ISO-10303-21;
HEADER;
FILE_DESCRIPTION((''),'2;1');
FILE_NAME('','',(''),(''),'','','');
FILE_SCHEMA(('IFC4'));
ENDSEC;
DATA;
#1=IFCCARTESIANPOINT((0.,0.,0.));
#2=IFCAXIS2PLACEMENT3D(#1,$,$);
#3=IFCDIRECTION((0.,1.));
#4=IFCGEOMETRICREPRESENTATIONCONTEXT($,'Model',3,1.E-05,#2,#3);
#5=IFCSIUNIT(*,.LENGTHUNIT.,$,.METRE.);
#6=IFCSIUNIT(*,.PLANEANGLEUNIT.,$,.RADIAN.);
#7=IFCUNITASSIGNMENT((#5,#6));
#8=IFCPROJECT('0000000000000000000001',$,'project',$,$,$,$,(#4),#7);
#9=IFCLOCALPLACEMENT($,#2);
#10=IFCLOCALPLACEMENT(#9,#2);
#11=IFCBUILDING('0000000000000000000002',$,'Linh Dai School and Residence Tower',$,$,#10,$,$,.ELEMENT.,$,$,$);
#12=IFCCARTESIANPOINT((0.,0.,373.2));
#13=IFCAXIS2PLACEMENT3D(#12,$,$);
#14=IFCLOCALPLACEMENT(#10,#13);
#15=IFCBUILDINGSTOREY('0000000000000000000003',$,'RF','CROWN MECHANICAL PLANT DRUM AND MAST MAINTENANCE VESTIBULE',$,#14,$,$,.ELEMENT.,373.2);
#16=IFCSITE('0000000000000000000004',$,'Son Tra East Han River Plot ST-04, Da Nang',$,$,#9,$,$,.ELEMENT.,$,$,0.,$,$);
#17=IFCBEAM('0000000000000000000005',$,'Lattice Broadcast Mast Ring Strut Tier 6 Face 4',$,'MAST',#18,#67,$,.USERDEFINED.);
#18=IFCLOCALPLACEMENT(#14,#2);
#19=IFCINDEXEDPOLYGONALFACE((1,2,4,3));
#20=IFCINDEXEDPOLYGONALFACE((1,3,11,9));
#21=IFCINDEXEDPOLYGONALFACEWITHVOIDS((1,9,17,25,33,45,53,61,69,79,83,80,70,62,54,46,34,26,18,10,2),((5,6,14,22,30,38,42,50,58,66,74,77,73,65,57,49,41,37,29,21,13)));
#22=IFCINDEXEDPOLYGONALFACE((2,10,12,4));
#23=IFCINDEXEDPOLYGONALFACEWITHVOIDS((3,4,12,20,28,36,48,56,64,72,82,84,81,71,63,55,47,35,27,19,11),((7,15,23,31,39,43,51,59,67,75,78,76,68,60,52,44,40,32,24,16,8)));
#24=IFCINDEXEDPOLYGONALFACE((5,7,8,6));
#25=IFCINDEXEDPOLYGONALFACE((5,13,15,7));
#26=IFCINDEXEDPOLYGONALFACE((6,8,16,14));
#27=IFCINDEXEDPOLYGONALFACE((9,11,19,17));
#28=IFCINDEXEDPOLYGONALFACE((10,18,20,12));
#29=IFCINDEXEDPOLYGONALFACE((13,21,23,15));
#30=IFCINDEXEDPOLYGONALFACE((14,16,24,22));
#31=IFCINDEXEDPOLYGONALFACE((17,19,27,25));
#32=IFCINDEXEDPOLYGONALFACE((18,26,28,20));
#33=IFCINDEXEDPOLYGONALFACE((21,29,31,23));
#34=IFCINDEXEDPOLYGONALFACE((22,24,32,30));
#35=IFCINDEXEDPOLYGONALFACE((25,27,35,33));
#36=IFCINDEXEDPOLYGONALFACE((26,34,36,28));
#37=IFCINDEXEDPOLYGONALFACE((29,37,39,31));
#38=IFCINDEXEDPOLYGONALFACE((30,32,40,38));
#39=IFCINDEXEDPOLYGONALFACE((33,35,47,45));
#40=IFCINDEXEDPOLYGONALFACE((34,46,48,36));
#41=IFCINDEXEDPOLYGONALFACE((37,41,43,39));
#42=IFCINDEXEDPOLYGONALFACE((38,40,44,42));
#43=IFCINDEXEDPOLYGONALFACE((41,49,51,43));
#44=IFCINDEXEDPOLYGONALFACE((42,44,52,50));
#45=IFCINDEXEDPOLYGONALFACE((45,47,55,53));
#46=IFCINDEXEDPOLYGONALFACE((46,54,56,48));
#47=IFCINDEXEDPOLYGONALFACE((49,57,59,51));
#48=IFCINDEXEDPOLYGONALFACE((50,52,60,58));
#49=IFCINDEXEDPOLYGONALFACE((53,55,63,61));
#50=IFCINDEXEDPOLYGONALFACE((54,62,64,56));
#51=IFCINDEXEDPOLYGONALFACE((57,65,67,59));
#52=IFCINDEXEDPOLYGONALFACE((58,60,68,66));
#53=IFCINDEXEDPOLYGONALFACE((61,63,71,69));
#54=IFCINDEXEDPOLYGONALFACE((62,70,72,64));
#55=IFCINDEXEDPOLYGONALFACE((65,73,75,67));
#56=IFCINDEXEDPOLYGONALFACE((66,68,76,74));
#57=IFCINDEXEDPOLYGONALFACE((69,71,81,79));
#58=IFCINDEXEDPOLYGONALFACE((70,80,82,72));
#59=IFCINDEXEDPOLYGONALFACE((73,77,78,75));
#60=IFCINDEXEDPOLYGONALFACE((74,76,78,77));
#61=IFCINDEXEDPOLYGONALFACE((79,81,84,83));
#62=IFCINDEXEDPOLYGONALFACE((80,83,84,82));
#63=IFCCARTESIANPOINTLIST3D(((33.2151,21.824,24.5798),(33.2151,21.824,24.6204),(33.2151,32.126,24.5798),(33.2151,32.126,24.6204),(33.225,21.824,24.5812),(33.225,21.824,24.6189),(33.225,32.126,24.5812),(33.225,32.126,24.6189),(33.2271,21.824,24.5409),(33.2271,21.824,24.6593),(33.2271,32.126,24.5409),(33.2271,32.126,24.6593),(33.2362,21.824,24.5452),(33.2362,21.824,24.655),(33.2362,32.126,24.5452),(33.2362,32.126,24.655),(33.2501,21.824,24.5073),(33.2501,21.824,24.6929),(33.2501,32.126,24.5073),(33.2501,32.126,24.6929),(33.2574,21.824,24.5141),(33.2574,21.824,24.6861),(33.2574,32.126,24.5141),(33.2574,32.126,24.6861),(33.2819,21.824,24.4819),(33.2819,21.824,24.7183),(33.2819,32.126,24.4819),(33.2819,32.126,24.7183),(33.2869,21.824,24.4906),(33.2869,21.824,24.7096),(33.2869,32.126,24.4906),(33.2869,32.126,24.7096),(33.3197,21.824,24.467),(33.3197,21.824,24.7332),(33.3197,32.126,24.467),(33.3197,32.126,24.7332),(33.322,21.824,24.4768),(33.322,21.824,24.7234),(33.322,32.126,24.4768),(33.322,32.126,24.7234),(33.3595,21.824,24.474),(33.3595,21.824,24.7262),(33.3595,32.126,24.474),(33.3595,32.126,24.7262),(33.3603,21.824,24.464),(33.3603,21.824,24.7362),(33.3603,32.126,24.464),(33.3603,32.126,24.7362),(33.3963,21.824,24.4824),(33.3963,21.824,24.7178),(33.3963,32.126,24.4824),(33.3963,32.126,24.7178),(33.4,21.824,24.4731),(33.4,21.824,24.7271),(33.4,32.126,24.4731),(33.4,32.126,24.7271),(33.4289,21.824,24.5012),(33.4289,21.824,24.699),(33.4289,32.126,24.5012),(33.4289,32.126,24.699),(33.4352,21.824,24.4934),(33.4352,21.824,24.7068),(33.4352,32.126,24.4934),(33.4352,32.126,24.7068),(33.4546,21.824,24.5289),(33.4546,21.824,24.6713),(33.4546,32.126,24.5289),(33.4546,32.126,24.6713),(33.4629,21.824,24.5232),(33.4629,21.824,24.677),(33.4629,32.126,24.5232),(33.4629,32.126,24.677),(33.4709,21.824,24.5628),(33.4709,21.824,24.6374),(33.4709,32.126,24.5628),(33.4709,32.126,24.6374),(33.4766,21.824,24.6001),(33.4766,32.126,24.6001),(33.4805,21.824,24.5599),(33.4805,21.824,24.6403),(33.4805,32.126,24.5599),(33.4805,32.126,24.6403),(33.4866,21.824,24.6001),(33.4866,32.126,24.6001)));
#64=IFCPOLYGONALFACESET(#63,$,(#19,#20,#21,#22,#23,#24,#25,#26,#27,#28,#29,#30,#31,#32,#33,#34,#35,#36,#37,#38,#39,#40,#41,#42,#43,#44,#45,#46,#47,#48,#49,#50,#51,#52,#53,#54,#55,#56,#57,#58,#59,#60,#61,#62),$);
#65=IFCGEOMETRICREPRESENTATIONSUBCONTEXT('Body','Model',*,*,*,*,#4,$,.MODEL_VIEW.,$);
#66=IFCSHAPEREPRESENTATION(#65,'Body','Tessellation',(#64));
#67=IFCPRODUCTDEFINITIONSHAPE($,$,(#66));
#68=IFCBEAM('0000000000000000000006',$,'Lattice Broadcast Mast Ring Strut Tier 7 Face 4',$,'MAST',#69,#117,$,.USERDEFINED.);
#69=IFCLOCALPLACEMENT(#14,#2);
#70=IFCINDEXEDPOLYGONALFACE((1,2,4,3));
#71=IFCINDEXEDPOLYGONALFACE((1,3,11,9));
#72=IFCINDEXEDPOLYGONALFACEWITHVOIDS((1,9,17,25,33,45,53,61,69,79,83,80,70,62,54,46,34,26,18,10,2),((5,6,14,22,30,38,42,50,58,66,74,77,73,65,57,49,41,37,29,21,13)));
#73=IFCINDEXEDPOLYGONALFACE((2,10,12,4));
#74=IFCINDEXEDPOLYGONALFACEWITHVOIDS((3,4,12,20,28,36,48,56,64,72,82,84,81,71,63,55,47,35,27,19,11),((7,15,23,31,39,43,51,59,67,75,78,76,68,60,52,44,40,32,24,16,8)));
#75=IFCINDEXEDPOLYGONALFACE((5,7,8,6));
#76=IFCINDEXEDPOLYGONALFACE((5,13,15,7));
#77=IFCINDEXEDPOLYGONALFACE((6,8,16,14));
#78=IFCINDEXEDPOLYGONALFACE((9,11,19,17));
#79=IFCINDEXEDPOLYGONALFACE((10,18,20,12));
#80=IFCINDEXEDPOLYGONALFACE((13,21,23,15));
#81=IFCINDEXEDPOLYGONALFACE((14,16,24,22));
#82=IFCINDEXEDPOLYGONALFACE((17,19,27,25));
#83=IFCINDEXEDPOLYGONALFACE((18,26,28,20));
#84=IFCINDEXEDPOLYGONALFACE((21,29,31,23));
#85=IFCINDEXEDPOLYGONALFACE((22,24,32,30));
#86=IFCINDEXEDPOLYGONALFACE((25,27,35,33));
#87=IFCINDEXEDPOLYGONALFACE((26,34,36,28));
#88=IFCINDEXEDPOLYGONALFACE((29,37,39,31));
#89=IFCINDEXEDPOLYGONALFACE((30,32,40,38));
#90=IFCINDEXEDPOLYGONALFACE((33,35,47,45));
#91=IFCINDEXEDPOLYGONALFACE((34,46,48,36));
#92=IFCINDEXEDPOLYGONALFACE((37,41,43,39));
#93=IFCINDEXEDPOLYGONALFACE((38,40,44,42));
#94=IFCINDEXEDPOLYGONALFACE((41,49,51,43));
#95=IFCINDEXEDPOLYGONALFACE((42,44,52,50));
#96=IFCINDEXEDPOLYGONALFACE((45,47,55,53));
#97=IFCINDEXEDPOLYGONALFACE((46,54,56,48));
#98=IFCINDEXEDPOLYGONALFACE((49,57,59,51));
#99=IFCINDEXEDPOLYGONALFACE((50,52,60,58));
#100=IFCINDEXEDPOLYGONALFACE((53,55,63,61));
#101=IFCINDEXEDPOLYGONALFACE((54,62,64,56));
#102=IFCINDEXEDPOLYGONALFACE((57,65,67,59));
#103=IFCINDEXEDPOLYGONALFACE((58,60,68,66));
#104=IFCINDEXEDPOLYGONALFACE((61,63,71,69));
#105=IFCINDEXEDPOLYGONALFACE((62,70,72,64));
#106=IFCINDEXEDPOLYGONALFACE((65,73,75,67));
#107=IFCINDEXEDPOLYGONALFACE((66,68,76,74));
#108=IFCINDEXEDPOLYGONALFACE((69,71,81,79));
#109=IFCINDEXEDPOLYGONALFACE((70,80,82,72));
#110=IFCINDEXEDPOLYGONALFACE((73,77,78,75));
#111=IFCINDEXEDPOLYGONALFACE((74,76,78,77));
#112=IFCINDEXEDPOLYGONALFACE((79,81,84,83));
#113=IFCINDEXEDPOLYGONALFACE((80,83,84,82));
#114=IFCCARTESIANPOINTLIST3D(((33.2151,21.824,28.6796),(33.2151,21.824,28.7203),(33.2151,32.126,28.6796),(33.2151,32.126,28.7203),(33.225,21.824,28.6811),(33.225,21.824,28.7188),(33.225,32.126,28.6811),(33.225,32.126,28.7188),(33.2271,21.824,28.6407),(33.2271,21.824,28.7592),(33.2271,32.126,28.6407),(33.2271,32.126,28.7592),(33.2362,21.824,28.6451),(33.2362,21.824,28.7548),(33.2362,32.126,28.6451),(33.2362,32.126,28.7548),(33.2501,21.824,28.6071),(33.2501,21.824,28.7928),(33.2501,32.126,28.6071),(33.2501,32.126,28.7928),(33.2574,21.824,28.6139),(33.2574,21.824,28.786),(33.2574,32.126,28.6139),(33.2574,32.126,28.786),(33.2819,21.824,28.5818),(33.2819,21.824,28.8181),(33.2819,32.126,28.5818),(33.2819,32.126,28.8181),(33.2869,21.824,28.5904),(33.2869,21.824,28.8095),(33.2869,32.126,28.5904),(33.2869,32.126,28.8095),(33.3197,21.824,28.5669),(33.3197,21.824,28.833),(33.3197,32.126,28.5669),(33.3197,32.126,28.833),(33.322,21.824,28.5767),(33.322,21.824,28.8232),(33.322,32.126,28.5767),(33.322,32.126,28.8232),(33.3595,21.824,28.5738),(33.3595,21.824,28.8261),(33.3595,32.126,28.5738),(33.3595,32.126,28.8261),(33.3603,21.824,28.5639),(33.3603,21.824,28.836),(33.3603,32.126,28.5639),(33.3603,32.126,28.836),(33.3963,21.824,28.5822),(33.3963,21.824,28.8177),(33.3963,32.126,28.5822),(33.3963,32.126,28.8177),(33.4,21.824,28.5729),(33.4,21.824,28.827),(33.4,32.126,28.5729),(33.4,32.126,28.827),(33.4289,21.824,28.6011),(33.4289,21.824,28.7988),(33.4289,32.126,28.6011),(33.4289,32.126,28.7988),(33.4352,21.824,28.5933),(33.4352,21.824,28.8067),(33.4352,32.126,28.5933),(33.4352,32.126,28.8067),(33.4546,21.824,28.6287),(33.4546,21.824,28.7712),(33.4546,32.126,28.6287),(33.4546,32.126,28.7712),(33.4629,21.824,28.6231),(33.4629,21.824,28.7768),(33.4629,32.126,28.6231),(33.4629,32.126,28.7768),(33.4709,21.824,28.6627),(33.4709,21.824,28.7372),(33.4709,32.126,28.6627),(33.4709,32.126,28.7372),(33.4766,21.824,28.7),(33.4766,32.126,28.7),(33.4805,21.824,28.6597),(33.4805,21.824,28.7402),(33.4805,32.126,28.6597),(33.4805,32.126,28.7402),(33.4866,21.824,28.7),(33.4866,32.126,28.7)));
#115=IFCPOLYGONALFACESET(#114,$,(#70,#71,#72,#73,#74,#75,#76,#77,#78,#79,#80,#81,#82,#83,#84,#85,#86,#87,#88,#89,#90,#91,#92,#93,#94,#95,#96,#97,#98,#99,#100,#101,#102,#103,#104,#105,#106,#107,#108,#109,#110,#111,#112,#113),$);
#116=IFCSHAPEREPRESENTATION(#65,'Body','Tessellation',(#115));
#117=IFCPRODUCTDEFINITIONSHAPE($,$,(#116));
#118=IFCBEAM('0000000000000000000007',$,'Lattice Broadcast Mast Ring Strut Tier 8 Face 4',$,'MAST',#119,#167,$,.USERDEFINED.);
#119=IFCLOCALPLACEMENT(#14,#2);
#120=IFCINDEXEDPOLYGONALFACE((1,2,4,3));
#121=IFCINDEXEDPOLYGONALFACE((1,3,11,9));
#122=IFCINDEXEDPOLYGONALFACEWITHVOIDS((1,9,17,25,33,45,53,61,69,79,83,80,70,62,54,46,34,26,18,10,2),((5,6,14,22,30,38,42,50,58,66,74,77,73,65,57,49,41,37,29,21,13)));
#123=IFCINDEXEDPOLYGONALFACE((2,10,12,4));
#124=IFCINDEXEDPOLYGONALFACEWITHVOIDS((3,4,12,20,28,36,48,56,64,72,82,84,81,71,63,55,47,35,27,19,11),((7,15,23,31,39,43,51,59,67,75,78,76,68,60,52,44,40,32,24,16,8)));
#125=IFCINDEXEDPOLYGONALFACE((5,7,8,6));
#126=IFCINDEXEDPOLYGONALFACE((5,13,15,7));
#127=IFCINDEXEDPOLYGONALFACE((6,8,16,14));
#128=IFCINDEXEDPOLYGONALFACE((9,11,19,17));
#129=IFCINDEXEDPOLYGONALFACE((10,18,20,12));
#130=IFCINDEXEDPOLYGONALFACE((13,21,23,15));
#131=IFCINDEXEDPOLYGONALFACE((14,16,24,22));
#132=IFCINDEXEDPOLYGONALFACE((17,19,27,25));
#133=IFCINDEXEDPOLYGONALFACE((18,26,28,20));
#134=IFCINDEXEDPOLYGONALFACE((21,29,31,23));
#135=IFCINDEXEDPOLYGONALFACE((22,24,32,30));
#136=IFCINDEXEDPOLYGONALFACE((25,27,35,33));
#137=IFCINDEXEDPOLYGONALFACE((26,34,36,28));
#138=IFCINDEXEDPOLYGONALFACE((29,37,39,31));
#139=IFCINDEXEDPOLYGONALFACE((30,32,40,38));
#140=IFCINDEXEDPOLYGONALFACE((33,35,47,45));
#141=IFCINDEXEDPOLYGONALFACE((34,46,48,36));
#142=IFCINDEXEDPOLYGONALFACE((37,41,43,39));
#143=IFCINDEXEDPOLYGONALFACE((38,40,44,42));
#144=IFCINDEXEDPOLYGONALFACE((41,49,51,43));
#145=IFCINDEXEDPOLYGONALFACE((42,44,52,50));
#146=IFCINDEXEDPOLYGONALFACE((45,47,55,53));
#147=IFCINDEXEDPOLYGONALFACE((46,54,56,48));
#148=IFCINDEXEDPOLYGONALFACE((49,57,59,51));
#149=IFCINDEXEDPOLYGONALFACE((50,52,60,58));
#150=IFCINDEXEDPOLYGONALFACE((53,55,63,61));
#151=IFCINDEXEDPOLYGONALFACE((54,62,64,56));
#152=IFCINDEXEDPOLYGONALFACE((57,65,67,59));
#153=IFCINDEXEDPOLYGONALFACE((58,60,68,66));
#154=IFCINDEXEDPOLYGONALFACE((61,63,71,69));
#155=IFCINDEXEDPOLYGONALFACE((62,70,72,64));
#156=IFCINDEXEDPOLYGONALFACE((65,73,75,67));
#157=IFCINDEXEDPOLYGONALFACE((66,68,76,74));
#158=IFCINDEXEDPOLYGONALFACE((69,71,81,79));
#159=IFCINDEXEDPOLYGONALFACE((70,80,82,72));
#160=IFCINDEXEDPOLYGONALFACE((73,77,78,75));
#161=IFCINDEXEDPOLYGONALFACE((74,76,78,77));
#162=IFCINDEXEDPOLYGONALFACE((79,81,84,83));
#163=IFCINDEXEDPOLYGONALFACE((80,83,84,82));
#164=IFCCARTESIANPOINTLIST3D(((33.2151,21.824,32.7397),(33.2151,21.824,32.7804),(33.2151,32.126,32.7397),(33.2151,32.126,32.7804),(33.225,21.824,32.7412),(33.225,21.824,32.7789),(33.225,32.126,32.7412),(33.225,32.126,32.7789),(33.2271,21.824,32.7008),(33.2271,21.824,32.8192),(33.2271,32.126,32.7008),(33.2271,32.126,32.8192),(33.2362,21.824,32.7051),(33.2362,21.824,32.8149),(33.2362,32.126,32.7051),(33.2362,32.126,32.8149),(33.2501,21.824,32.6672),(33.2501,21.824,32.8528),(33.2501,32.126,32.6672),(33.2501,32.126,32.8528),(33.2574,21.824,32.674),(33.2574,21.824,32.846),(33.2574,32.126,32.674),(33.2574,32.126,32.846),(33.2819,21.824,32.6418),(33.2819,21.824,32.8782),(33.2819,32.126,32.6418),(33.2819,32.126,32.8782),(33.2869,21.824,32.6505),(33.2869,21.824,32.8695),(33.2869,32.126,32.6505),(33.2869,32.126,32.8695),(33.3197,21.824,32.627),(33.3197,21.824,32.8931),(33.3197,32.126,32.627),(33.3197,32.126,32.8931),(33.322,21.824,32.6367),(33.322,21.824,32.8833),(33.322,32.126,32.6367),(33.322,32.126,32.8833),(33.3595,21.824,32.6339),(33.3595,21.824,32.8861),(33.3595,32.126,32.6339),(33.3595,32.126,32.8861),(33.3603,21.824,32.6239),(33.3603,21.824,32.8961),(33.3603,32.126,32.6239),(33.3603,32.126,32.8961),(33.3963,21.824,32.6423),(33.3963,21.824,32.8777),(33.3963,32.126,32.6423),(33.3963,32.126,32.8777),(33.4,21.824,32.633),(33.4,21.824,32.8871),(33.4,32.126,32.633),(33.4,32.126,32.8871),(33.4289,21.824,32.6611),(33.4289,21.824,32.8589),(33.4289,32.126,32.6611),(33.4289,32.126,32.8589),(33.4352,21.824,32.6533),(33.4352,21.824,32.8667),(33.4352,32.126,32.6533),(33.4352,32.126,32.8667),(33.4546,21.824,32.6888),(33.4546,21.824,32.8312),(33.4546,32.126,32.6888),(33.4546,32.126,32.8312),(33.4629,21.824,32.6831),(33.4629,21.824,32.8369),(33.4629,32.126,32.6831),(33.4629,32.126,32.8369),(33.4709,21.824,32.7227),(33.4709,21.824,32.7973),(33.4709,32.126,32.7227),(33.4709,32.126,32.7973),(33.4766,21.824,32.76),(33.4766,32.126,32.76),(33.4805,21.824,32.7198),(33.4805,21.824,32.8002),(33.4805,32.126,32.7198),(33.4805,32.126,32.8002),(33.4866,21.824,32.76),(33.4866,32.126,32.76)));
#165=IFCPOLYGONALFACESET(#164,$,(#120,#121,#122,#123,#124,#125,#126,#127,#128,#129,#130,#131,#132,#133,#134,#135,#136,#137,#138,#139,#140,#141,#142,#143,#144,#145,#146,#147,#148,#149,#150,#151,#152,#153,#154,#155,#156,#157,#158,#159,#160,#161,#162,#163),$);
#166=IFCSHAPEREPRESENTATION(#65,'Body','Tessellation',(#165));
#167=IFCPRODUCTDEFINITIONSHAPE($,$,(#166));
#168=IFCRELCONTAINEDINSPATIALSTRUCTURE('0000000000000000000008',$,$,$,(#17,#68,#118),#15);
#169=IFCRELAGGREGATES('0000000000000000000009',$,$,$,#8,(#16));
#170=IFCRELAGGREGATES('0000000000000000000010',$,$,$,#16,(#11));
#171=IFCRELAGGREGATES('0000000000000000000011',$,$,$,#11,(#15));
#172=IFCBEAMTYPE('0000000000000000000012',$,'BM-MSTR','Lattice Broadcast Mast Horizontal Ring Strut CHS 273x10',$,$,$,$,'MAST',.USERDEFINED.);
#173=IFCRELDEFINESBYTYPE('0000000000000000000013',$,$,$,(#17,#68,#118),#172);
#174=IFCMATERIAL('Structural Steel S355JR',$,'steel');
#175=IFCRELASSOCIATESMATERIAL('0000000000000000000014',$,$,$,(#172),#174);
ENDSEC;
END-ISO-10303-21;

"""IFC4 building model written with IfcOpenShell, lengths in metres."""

from ifc_helpers import new_model, si_unit, direction, frame, origin, origin_2d, place, context, subcontext, project, spatial, hollow_circle, extrude, material, material_profile, profile_set, type_object, element, save


model = new_model("IFC4")

# Units and contexts
model_context = context("Model", 3, precision=1e-05, world=origin(), true_north=direction((0.0, 1.0)))
body_context = subcontext(model_context, "Body", "Model", "MODEL_VIEW")
ifc_project = project(units=[si_unit("LENGTHUNIT", "METRE"), si_unit("PLANEANGLEUNIT", "RADIAN")], contexts=[model_context])

# Site, building, storey
site_placement = place(None, origin())
site = spatial("IfcSite", under=ifc_project, at=site_placement, Name="Son Tra East Han River Plot ST-04, Da Nang", CompositionType="ELEMENT", RefElevation=0.0)
building_placement = place(site_placement, origin())
building = spatial("IfcBuilding", under=site, at=building_placement, Name="Linh Dai School and Residence Tower", CompositionType="ELEMENT")
storey_placement = place(building_placement, frame((0.0, 0.0, 373.2)))
storey = spatial("IfcBuildingStorey", under=building, at=storey_placement, Name="RF", Description="CROWN MECHANICAL PLANT DRUM AND MAST MAINTENANCE VESTIBULE", CompositionType="ELEMENT", Elevation=373.2)

# Beams
ifc_material = material(Name="Structural Steel S355JR", Category="steel")
ifc_material_profile_1 = material_profile(ifc_material, hollow_circle(Radius=0.1365, WallThickness=0.01, at=origin_2d()), Name="CHS 273x10")
ifc_profile_set_1 = profile_set([ifc_material_profile_1], Name="Structural Steel S355JR")
beam_type = type_object("IfcBeamType", Name="BM-MSTR", Description="Lattice Broadcast Mast Horizontal Ring Strut CHS 273x10", ElementType="MAST", PredefinedType="USERDEFINED", material=ifc_profile_set_1)
for number, where, z_axis, x_axis, name in (
    (1, (33.3501, 32.126, 24.6001), (0.0, -1.0, 0.0), (1.0, 0.0, 0.0), "Lattice Broadcast Mast Ring Strut Tier 6 Face 4"),
    (2, (33.3501, 32.126, 28.7), (0.0, -1.0, 0.0), (1.0, 0.0, 0.0), "Lattice Broadcast Mast Ring Strut Tier 7 Face 4"),
    (3, (33.3501, 32.126, 32.76), (0.0, -1.0, 0.0), (1.0, 0.0, 0.0), "Lattice Broadcast Mast Ring Strut Tier 8 Face 4"),
):
    element("IfcBeam", number, at=place(storey_placement, frame(where, z_axis=z_axis, x_axis=x_axis)), inside=storey, type_object=beam_type, Name=name, ObjectType="MAST", PredefinedType="USERDEFINED", context=body_context, shape_type="SweptSolid", body=[
        extrude(hollow_circle(Radius=0.1365, WallThickness=0.01, at=origin_2d()), origin(), (0.0, 0.0, 1.0), 10.302),
    ])

save(model, "model.ifc")
